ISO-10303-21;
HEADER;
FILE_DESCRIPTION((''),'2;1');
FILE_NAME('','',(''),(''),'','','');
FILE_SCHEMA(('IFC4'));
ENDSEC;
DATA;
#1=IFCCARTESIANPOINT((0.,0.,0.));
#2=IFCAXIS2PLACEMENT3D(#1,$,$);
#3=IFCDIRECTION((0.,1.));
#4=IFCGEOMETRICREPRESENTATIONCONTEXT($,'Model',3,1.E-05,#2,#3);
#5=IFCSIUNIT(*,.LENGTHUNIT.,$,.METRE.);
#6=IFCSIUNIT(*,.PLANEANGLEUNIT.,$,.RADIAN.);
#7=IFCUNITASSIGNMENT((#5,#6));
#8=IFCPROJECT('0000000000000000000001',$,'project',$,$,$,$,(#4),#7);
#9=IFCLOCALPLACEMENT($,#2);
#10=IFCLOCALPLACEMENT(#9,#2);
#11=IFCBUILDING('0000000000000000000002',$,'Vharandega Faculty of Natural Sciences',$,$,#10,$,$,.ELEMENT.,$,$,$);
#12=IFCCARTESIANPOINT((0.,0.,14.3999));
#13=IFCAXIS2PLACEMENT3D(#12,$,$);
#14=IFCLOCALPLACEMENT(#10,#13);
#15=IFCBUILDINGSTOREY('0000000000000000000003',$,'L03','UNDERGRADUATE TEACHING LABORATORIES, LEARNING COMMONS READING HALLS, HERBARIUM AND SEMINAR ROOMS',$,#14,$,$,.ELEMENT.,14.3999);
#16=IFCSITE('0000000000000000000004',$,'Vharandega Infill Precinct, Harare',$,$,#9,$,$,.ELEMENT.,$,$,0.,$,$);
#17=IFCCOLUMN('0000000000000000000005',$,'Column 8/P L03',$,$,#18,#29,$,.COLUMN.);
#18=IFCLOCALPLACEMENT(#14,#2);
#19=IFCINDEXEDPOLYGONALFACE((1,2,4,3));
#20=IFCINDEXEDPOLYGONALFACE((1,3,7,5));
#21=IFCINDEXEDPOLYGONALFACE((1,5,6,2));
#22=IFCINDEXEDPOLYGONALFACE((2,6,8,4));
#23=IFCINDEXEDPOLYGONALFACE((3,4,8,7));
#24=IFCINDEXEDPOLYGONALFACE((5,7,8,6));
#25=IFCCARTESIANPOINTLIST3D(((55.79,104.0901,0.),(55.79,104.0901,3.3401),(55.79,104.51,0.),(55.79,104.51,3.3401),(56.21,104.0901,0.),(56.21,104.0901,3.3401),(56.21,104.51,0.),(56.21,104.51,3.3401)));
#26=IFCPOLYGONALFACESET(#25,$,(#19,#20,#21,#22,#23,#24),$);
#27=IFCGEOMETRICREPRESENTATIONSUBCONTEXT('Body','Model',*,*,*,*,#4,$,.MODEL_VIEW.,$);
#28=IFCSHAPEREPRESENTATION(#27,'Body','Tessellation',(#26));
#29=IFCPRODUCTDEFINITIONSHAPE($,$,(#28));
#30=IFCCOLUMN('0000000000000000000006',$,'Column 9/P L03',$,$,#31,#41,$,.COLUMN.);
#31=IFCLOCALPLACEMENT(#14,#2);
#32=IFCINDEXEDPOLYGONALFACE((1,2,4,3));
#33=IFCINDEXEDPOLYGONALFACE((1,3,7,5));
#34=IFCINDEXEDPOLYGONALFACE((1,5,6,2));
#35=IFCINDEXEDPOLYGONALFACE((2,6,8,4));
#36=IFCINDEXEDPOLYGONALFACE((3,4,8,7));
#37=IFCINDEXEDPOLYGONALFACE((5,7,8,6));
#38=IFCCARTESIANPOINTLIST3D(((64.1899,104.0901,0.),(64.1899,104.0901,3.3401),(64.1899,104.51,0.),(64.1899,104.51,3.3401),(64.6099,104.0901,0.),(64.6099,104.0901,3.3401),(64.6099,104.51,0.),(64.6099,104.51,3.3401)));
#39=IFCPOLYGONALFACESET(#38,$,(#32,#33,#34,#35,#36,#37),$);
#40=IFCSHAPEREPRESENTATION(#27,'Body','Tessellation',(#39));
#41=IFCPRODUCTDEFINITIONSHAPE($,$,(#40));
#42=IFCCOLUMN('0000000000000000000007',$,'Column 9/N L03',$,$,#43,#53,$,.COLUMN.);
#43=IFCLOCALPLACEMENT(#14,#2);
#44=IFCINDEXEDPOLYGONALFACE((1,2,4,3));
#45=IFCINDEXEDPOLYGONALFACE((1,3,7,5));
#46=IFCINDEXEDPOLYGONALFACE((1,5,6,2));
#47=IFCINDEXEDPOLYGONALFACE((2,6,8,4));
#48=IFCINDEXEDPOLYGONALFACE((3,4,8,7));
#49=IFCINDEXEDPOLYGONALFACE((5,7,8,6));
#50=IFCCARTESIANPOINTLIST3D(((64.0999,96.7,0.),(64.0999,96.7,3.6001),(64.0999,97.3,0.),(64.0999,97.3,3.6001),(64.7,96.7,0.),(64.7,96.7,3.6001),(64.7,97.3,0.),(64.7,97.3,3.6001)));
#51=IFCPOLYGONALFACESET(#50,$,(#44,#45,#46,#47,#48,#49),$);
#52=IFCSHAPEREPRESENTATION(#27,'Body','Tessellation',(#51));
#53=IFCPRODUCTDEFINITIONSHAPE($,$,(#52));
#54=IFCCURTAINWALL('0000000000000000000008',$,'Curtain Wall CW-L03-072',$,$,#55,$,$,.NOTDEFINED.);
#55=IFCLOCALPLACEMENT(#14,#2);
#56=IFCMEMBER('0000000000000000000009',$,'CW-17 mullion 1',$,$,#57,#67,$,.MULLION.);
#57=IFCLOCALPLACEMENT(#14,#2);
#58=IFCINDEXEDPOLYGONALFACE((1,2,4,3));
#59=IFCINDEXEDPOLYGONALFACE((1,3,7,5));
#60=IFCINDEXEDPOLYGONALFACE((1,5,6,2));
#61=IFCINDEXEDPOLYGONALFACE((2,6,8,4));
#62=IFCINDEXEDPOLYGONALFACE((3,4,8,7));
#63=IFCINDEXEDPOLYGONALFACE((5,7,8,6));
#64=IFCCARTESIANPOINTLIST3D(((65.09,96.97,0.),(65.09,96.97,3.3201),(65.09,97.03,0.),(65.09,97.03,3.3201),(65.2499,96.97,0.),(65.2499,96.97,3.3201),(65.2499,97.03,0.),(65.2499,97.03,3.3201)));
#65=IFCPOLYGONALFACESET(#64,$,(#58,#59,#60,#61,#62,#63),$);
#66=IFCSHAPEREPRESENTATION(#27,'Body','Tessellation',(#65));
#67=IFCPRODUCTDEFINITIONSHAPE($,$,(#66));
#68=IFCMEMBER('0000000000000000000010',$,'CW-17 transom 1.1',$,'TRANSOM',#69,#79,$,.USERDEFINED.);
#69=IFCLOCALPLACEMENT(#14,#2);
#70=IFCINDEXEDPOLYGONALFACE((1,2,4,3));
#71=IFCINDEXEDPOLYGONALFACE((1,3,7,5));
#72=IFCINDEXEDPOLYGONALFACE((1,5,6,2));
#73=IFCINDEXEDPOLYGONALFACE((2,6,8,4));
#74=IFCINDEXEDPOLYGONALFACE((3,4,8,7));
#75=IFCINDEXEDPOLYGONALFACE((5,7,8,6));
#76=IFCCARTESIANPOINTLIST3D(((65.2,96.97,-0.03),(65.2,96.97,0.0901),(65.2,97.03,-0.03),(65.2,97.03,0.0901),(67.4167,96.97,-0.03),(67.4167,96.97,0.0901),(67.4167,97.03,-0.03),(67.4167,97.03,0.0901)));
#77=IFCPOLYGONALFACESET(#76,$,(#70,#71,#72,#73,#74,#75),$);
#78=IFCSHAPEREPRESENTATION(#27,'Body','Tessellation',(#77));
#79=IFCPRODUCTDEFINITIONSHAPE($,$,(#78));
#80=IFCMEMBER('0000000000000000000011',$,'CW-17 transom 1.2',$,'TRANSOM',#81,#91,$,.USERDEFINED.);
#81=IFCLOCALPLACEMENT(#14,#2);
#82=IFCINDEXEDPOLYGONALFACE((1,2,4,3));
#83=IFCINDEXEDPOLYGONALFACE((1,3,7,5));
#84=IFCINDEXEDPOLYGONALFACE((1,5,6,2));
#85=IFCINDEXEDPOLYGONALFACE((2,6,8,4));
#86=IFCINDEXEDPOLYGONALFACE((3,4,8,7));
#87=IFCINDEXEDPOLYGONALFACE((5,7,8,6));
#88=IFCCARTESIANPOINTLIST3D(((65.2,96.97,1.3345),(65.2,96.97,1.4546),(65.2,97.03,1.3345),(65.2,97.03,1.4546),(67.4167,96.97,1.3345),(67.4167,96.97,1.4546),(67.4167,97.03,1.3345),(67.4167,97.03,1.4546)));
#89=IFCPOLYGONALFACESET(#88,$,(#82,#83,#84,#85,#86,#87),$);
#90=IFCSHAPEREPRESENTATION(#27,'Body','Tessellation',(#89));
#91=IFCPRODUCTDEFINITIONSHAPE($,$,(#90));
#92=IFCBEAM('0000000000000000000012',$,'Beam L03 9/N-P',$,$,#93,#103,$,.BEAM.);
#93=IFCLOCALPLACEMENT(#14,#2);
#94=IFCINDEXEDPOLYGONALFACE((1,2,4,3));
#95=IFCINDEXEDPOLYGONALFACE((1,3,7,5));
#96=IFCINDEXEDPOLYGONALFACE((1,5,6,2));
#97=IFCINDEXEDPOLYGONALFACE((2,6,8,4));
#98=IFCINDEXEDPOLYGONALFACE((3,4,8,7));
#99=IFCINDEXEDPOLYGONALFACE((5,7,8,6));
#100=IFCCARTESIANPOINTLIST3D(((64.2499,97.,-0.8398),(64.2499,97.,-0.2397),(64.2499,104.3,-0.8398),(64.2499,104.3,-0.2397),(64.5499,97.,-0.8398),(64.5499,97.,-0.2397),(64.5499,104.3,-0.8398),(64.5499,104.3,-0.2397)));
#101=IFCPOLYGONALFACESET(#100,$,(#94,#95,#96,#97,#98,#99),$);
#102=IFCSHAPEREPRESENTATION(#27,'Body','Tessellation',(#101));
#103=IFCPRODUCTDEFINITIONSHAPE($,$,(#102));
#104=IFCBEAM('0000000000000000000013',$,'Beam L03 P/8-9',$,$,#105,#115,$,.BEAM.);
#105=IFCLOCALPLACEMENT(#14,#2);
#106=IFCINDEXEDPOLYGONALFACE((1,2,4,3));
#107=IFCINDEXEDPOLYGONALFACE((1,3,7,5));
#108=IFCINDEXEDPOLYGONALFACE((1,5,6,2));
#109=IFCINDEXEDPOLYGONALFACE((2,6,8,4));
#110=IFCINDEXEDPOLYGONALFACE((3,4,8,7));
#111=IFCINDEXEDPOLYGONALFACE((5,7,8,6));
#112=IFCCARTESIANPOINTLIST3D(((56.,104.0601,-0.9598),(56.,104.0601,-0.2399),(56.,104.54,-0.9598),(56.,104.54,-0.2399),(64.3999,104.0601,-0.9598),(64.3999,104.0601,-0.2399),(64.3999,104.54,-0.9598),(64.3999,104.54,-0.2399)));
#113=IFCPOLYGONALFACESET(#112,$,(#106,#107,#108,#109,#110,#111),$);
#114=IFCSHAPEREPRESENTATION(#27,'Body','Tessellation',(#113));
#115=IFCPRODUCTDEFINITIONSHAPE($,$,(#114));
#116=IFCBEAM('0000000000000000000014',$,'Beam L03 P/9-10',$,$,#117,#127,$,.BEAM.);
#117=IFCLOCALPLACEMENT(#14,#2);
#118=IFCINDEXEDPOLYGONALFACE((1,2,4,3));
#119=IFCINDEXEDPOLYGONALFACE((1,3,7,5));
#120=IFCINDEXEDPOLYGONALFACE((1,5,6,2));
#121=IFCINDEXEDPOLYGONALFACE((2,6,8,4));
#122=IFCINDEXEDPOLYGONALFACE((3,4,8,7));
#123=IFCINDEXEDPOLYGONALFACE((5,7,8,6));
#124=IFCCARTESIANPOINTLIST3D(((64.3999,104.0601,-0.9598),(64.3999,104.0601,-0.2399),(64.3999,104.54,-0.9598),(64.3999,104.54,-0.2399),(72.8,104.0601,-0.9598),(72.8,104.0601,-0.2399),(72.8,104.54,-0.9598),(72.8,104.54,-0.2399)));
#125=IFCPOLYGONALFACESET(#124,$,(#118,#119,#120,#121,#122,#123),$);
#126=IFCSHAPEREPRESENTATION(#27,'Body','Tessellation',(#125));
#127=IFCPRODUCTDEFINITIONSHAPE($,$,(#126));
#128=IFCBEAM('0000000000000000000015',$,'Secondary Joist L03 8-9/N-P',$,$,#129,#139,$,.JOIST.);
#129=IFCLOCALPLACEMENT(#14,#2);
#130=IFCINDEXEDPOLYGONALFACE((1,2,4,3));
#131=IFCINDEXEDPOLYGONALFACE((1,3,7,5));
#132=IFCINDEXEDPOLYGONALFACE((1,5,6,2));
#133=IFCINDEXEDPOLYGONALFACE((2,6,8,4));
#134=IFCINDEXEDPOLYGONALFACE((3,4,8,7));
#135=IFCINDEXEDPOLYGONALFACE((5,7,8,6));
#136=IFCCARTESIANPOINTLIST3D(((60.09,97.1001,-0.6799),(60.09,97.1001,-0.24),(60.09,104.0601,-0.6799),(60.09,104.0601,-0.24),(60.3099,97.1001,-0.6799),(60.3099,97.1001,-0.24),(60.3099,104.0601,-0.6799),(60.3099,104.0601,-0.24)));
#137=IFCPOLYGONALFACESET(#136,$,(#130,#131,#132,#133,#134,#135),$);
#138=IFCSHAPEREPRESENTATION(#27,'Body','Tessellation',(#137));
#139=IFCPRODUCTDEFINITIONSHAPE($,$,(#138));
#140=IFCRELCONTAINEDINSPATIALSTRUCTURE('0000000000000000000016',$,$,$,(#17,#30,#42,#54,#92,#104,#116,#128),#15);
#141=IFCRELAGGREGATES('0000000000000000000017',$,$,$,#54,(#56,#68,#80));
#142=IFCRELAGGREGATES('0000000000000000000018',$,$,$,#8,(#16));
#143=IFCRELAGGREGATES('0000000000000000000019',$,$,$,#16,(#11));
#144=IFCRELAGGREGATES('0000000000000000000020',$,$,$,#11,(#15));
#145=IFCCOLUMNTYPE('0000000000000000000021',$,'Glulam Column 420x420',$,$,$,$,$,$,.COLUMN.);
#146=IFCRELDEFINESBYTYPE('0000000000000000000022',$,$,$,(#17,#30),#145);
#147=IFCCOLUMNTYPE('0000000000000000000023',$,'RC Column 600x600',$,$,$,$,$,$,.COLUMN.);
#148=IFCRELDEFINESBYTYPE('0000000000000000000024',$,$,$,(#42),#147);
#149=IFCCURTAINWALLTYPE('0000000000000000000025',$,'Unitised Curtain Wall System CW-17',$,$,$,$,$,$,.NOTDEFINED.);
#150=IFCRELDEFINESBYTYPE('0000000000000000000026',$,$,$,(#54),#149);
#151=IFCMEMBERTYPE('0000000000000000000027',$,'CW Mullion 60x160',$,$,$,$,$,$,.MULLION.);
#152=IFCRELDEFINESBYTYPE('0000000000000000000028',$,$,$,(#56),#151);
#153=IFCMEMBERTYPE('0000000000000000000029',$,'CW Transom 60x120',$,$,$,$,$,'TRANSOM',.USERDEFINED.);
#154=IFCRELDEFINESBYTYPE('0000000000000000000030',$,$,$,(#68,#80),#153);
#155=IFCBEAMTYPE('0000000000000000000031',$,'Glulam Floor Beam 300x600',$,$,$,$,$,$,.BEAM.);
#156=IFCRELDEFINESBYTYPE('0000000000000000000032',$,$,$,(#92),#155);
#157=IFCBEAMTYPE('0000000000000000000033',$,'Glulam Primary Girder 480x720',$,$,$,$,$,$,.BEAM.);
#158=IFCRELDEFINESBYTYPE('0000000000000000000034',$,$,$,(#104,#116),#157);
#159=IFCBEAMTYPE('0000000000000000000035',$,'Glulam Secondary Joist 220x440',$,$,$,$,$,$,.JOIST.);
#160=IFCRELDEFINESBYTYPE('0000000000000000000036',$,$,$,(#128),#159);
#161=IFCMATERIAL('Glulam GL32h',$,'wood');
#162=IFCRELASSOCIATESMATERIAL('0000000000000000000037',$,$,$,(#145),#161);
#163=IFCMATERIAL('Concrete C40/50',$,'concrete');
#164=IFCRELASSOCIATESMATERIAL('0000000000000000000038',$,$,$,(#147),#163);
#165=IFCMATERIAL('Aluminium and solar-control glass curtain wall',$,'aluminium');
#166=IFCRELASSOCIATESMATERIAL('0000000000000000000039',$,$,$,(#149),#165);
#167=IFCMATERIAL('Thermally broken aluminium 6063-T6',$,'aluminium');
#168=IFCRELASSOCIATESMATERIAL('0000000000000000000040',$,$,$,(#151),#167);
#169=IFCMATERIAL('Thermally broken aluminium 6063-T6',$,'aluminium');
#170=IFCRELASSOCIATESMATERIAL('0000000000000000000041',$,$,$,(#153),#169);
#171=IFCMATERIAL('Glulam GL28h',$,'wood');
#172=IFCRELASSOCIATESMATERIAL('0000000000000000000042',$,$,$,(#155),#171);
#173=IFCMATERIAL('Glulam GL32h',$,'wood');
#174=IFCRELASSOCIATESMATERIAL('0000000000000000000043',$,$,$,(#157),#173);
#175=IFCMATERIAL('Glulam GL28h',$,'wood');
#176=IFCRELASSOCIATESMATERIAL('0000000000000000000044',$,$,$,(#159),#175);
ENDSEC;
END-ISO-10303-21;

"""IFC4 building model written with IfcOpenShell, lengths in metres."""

from ifc_helpers import new_model, si_unit, direction, frame, origin, origin_2d, place, context, subcontext, project, spatial, rectangle, extrude, material, material_profile, profile_set, type_object, element, aggregate, save


model = new_model("IFC4")

# Units and contexts
model_context = context("Model", 3, precision=1e-05, world=origin(), true_north=direction((0.0, 1.0)))
body_context = subcontext(model_context, "Body", "Model", "MODEL_VIEW")
ifc_project = project(units=[si_unit("LENGTHUNIT", "METRE"), si_unit("PLANEANGLEUNIT", "RADIAN")], contexts=[model_context])

# Site, building, storey
site_placement = place(None, origin())
site = spatial("IfcSite", under=ifc_project, at=site_placement, Name="Vharandega Infill Precinct, Harare", CompositionType="ELEMENT", RefElevation=0.0)
building_placement = place(site_placement, origin())
building = spatial("IfcBuilding", under=site, at=building_placement, Name="Vharandega Faculty of Natural Sciences", CompositionType="ELEMENT")
storey_placement = place(building_placement, frame((0.0, 0.0, 14.3999)))
storey = spatial("IfcBuildingStorey", under=building, at=storey_placement, Name="L03", Description="UNDERGRADUATE TEACHING LABORATORIES, LEARNING COMMONS READING HALLS, HERBARIUM AND SEMINAR ROOMS", CompositionType="ELEMENT", Elevation=14.3999)

# Columns
ifc_material_1 = material(Name="Glulam GL32h", Category="wood")
ifc_material_profile_1 = material_profile(ifc_material_1, rectangle(XDim=0.4199, YDim=0.4199, at=origin_2d()), Name="GL32h 420x420")
ifc_profile_set_1 = profile_set([ifc_material_profile_1], Name="Glulam GL32h")
column_type_1 = type_object("IfcColumnType", Name="Glulam Column 420x420", PredefinedType="COLUMN", material=ifc_profile_set_1)
for number, where, z_axis, x_axis, name in (
    (1, (56.0, 104.3, 0.0), (0.0, 0.0, 1.0), (1.0, 0.0, 0.0), "Column 8/P L03"),
    (2, (64.3999, 104.3, 0.0), (0.0, 0.0, 1.0), (1.0, 0.0, 0.0), "Column 9/P L03"),
):
    element("IfcColumn", number, at=place(storey_placement, frame(where, z_axis=z_axis, x_axis=x_axis)), inside=storey, type_object=column_type_1, Name=name, PredefinedType="COLUMN", context=body_context, shape_type="SweptSolid", body=[
        extrude(rectangle(XDim=0.4199, YDim=0.4199, at=origin_2d()), origin(), (0.0, 0.0, 1.0), 3.3401),
    ])
ifc_material_2 = material(Name="Concrete C40/50", Category="concrete")
ifc_material_profile_2 = material_profile(ifc_material_2, rectangle(XDim=0.6001, YDim=0.6001, at=origin_2d()), Name="RC 600x600")
ifc_profile_set_2 = profile_set([ifc_material_profile_2], Name="Concrete C40/50")
column_type_2 = type_object("IfcColumnType", Name="RC Column 600x600", PredefinedType="COLUMN", material=ifc_profile_set_2)
column_placement = place(storey_placement, frame((64.3999, 97.0, 0.0), z_axis=(0.0, 0.0, 1.0), x_axis=(1.0, 0.0, 0.0)))
element("IfcColumn", 3, at=column_placement, inside=storey, type_object=column_type_2, Name="Column 9/N L03", PredefinedType="COLUMN", context=body_context, shape_type="SweptSolid", body=[
    extrude(rectangle(XDim=0.6001, YDim=0.6001, at=origin_2d()), origin(), (0.0, 0.0, 1.0), 3.6001),
])

# Curtain wall, members
ifc_material_3 = material(Name="Aluminium and solar-control glass curtain wall", Category="aluminium")
curtain_wall_type = type_object("IfcCurtainWallType", Name="Unitised Curtain Wall System CW-17", PredefinedType="NOTDEFINED", material=ifc_material_3)
curtain_wall_placement = place(storey_placement, origin())
curtain_wall = element("IfcCurtainWall", 4, at=curtain_wall_placement, inside=storey, type_object=curtain_wall_type, Name="Curtain Wall CW-L03-072", PredefinedType="NOTDEFINED")
ifc_material_4 = material(Name="Thermally broken aluminium 6063-T6", Category="aluminium")
ifc_material_profile_3 = material_profile(ifc_material_4, rectangle(XDim=0.0601, YDim=0.1599, at=origin_2d()), Name="ALU 60x160")
ifc_profile_set_3 = profile_set([ifc_material_profile_3], Name="Thermally broken aluminium 6063-T6")
member_type_1 = type_object("IfcMemberType", Name="CW Mullion 60x160", PredefinedType="MULLION", material=ifc_profile_set_3)
member_1_placement = place(storey_placement, frame((65.1699, 97.0, 0.0), z_axis=(0.0, 0.0, 1.0), x_axis=(0.0, 1.0, 0.0)))
member_1 = element("IfcMember", 5, at=member_1_placement, type_object=member_type_1, Name="CW-17 mullion 1", PredefinedType="MULLION", context=body_context, shape_type="SweptSolid", body=[
    extrude(rectangle(XDim=0.0601, YDim=0.1599, at=origin_2d()), origin(), (0.0, 0.0, 1.0), 3.3201),
])
ifc_material_5 = material(Name="Thermally broken aluminium 6063-T6", Category="aluminium")
ifc_material_profile_4 = material_profile(ifc_material_5, rectangle(XDim=0.0601, YDim=0.1201, at=origin_2d()), Name="ALU 60x120")
ifc_profile_set_4 = profile_set([ifc_material_profile_4], Name="Thermally broken aluminium 6063-T6")
member_type_2 = type_object("IfcMemberType", Name="CW Transom 60x120", ElementType="TRANSOM", PredefinedType="USERDEFINED", material=ifc_profile_set_4)
member_2_placement = place(storey_placement, frame((65.2, 97.0, 0.03), z_axis=(1.0, 0.0, 0.0), x_axis=(0.0, 1.0, 0.0)))
member_2 = element("IfcMember", 6, at=member_2_placement, type_object=member_type_2, Name="CW-17 transom 1.1", ObjectType="TRANSOM", PredefinedType="USERDEFINED", context=body_context, shape_type="SweptSolid", body=[
    extrude(rectangle(XDim=0.0601, YDim=0.1201, at=origin_2d()), origin(), (0.0, 0.0, 1.0), 2.2168),
])
member_3_placement = place(storey_placement, frame((65.2, 97.0, 1.3945), z_axis=(1.0, 0.0, 0.0), x_axis=(0.0, 1.0, 0.0)))
member_3 = element("IfcMember", 7, at=member_3_placement, type_object=member_type_2, Name="CW-17 transom 1.2", ObjectType="TRANSOM", PredefinedType="USERDEFINED", context=body_context, shape_type="SweptSolid", body=[
    extrude(rectangle(XDim=0.0601, YDim=0.1201, at=origin_2d()), origin(), (0.0, 0.0, 1.0), 2.2168),
])
aggregate(curtain_wall, [member_1, member_2, member_3])

# Beams
ifc_material_6 = material(Name="Glulam GL28h", Category="wood")
ifc_material_profile_5 = material_profile(ifc_material_6, rectangle(XDim=0.3, YDim=0.6001, at=origin_2d()), Name="GL28h 300x600")
ifc_profile_set_5 = profile_set([ifc_material_profile_5], Name="Glulam GL28h")
beam_type_1 = type_object("IfcBeamType", Name="Glulam Floor Beam 300x600", PredefinedType="BEAM", material=ifc_profile_set_5)
beam_1_placement = place(storey_placement, frame((64.3999, 97.0, -0.5398), z_axis=(0.0, 1.0, 0.0), x_axis=(-1.0, 0.0, 0.0)))
element("IfcBeam", 8, at=beam_1_placement, inside=storey, type_object=beam_type_1, Name="Beam L03 9/N-P", PredefinedType="BEAM", context=body_context, shape_type="SweptSolid", body=[
    extrude(rectangle(XDim=0.3, YDim=0.6001, at=origin_2d()), origin(), (0.0, 0.0, 1.0), 7.3),
])
ifc_material_7 = material(Name="Glulam GL32h", Category="wood")
ifc_material_profile_6 = material_profile(ifc_material_7, rectangle(XDim=0.48, YDim=0.72, at=origin_2d()), Name="GL32h 480x720")
ifc_profile_set_6 = profile_set([ifc_material_profile_6], Name="Glulam GL32h")
beam_type_2 = type_object("IfcBeamType", Name="Glulam Primary Girder 480x720", PredefinedType="BEAM", material=ifc_profile_set_6)
beam_2_placement = place(storey_placement, frame((56.0, 104.3, -0.5999), z_axis=(1.0, 0.0, 0.0), x_axis=(0.0, 1.0, 0.0)))
element("IfcBeam", 9, at=beam_2_placement, inside=storey, type_object=beam_type_2, Name="Beam L03 P/8-9", PredefinedType="BEAM", context=body_context, shape_type="SweptSolid", body=[
    extrude(rectangle(XDim=0.48, YDim=0.72, at=origin_2d()), origin(), (0.0, 0.0, 1.0), 8.3999),
])
beam_3_placement = place(storey_placement, frame((64.3999, 104.3, -0.5999), z_axis=(1.0, 0.0, 0.0), x_axis=(0.0, 1.0, 0.0)))
element("IfcBeam", 10, at=beam_3_placement, inside=storey, type_object=beam_type_2, Name="Beam L03 P/9-10", PredefinedType="BEAM", context=body_context, shape_type="SweptSolid", body=[
    extrude(rectangle(XDim=0.48, YDim=0.72, at=origin_2d()), origin(), (0.0, 0.0, 1.0), 8.4001),
])
ifc_material_8 = material(Name="Glulam GL28h", Category="wood")
ifc_material_profile_7 = material_profile(ifc_material_8, rectangle(XDim=0.22, YDim=0.4399, at=origin_2d()), Name="GL28h 220x440")
ifc_profile_set_7 = profile_set([ifc_material_profile_7], Name="Glulam GL28h")
beam_type_3 = type_object("IfcBeamType", Name="Glulam Secondary Joist 220x440", PredefinedType="JOIST", material=ifc_profile_set_7)
beam_4_placement = place(storey_placement, frame((60.2, 97.1001, -0.46), z_axis=(0.0, 1.0, 0.0), x_axis=(-1.0, 0.0, 0.0)))
element("IfcBeam", 11, at=beam_4_placement, inside=storey, type_object=beam_type_3, Name="Secondary Joist L03 8-9/N-P", PredefinedType="JOIST", context=body_context, shape_type="SweptSolid", body=[
    extrude(rectangle(XDim=0.22, YDim=0.4399, at=origin_2d()), origin(), (0.0, 0.0, 1.0), 6.96),
])

save(model, "model.ifc")
